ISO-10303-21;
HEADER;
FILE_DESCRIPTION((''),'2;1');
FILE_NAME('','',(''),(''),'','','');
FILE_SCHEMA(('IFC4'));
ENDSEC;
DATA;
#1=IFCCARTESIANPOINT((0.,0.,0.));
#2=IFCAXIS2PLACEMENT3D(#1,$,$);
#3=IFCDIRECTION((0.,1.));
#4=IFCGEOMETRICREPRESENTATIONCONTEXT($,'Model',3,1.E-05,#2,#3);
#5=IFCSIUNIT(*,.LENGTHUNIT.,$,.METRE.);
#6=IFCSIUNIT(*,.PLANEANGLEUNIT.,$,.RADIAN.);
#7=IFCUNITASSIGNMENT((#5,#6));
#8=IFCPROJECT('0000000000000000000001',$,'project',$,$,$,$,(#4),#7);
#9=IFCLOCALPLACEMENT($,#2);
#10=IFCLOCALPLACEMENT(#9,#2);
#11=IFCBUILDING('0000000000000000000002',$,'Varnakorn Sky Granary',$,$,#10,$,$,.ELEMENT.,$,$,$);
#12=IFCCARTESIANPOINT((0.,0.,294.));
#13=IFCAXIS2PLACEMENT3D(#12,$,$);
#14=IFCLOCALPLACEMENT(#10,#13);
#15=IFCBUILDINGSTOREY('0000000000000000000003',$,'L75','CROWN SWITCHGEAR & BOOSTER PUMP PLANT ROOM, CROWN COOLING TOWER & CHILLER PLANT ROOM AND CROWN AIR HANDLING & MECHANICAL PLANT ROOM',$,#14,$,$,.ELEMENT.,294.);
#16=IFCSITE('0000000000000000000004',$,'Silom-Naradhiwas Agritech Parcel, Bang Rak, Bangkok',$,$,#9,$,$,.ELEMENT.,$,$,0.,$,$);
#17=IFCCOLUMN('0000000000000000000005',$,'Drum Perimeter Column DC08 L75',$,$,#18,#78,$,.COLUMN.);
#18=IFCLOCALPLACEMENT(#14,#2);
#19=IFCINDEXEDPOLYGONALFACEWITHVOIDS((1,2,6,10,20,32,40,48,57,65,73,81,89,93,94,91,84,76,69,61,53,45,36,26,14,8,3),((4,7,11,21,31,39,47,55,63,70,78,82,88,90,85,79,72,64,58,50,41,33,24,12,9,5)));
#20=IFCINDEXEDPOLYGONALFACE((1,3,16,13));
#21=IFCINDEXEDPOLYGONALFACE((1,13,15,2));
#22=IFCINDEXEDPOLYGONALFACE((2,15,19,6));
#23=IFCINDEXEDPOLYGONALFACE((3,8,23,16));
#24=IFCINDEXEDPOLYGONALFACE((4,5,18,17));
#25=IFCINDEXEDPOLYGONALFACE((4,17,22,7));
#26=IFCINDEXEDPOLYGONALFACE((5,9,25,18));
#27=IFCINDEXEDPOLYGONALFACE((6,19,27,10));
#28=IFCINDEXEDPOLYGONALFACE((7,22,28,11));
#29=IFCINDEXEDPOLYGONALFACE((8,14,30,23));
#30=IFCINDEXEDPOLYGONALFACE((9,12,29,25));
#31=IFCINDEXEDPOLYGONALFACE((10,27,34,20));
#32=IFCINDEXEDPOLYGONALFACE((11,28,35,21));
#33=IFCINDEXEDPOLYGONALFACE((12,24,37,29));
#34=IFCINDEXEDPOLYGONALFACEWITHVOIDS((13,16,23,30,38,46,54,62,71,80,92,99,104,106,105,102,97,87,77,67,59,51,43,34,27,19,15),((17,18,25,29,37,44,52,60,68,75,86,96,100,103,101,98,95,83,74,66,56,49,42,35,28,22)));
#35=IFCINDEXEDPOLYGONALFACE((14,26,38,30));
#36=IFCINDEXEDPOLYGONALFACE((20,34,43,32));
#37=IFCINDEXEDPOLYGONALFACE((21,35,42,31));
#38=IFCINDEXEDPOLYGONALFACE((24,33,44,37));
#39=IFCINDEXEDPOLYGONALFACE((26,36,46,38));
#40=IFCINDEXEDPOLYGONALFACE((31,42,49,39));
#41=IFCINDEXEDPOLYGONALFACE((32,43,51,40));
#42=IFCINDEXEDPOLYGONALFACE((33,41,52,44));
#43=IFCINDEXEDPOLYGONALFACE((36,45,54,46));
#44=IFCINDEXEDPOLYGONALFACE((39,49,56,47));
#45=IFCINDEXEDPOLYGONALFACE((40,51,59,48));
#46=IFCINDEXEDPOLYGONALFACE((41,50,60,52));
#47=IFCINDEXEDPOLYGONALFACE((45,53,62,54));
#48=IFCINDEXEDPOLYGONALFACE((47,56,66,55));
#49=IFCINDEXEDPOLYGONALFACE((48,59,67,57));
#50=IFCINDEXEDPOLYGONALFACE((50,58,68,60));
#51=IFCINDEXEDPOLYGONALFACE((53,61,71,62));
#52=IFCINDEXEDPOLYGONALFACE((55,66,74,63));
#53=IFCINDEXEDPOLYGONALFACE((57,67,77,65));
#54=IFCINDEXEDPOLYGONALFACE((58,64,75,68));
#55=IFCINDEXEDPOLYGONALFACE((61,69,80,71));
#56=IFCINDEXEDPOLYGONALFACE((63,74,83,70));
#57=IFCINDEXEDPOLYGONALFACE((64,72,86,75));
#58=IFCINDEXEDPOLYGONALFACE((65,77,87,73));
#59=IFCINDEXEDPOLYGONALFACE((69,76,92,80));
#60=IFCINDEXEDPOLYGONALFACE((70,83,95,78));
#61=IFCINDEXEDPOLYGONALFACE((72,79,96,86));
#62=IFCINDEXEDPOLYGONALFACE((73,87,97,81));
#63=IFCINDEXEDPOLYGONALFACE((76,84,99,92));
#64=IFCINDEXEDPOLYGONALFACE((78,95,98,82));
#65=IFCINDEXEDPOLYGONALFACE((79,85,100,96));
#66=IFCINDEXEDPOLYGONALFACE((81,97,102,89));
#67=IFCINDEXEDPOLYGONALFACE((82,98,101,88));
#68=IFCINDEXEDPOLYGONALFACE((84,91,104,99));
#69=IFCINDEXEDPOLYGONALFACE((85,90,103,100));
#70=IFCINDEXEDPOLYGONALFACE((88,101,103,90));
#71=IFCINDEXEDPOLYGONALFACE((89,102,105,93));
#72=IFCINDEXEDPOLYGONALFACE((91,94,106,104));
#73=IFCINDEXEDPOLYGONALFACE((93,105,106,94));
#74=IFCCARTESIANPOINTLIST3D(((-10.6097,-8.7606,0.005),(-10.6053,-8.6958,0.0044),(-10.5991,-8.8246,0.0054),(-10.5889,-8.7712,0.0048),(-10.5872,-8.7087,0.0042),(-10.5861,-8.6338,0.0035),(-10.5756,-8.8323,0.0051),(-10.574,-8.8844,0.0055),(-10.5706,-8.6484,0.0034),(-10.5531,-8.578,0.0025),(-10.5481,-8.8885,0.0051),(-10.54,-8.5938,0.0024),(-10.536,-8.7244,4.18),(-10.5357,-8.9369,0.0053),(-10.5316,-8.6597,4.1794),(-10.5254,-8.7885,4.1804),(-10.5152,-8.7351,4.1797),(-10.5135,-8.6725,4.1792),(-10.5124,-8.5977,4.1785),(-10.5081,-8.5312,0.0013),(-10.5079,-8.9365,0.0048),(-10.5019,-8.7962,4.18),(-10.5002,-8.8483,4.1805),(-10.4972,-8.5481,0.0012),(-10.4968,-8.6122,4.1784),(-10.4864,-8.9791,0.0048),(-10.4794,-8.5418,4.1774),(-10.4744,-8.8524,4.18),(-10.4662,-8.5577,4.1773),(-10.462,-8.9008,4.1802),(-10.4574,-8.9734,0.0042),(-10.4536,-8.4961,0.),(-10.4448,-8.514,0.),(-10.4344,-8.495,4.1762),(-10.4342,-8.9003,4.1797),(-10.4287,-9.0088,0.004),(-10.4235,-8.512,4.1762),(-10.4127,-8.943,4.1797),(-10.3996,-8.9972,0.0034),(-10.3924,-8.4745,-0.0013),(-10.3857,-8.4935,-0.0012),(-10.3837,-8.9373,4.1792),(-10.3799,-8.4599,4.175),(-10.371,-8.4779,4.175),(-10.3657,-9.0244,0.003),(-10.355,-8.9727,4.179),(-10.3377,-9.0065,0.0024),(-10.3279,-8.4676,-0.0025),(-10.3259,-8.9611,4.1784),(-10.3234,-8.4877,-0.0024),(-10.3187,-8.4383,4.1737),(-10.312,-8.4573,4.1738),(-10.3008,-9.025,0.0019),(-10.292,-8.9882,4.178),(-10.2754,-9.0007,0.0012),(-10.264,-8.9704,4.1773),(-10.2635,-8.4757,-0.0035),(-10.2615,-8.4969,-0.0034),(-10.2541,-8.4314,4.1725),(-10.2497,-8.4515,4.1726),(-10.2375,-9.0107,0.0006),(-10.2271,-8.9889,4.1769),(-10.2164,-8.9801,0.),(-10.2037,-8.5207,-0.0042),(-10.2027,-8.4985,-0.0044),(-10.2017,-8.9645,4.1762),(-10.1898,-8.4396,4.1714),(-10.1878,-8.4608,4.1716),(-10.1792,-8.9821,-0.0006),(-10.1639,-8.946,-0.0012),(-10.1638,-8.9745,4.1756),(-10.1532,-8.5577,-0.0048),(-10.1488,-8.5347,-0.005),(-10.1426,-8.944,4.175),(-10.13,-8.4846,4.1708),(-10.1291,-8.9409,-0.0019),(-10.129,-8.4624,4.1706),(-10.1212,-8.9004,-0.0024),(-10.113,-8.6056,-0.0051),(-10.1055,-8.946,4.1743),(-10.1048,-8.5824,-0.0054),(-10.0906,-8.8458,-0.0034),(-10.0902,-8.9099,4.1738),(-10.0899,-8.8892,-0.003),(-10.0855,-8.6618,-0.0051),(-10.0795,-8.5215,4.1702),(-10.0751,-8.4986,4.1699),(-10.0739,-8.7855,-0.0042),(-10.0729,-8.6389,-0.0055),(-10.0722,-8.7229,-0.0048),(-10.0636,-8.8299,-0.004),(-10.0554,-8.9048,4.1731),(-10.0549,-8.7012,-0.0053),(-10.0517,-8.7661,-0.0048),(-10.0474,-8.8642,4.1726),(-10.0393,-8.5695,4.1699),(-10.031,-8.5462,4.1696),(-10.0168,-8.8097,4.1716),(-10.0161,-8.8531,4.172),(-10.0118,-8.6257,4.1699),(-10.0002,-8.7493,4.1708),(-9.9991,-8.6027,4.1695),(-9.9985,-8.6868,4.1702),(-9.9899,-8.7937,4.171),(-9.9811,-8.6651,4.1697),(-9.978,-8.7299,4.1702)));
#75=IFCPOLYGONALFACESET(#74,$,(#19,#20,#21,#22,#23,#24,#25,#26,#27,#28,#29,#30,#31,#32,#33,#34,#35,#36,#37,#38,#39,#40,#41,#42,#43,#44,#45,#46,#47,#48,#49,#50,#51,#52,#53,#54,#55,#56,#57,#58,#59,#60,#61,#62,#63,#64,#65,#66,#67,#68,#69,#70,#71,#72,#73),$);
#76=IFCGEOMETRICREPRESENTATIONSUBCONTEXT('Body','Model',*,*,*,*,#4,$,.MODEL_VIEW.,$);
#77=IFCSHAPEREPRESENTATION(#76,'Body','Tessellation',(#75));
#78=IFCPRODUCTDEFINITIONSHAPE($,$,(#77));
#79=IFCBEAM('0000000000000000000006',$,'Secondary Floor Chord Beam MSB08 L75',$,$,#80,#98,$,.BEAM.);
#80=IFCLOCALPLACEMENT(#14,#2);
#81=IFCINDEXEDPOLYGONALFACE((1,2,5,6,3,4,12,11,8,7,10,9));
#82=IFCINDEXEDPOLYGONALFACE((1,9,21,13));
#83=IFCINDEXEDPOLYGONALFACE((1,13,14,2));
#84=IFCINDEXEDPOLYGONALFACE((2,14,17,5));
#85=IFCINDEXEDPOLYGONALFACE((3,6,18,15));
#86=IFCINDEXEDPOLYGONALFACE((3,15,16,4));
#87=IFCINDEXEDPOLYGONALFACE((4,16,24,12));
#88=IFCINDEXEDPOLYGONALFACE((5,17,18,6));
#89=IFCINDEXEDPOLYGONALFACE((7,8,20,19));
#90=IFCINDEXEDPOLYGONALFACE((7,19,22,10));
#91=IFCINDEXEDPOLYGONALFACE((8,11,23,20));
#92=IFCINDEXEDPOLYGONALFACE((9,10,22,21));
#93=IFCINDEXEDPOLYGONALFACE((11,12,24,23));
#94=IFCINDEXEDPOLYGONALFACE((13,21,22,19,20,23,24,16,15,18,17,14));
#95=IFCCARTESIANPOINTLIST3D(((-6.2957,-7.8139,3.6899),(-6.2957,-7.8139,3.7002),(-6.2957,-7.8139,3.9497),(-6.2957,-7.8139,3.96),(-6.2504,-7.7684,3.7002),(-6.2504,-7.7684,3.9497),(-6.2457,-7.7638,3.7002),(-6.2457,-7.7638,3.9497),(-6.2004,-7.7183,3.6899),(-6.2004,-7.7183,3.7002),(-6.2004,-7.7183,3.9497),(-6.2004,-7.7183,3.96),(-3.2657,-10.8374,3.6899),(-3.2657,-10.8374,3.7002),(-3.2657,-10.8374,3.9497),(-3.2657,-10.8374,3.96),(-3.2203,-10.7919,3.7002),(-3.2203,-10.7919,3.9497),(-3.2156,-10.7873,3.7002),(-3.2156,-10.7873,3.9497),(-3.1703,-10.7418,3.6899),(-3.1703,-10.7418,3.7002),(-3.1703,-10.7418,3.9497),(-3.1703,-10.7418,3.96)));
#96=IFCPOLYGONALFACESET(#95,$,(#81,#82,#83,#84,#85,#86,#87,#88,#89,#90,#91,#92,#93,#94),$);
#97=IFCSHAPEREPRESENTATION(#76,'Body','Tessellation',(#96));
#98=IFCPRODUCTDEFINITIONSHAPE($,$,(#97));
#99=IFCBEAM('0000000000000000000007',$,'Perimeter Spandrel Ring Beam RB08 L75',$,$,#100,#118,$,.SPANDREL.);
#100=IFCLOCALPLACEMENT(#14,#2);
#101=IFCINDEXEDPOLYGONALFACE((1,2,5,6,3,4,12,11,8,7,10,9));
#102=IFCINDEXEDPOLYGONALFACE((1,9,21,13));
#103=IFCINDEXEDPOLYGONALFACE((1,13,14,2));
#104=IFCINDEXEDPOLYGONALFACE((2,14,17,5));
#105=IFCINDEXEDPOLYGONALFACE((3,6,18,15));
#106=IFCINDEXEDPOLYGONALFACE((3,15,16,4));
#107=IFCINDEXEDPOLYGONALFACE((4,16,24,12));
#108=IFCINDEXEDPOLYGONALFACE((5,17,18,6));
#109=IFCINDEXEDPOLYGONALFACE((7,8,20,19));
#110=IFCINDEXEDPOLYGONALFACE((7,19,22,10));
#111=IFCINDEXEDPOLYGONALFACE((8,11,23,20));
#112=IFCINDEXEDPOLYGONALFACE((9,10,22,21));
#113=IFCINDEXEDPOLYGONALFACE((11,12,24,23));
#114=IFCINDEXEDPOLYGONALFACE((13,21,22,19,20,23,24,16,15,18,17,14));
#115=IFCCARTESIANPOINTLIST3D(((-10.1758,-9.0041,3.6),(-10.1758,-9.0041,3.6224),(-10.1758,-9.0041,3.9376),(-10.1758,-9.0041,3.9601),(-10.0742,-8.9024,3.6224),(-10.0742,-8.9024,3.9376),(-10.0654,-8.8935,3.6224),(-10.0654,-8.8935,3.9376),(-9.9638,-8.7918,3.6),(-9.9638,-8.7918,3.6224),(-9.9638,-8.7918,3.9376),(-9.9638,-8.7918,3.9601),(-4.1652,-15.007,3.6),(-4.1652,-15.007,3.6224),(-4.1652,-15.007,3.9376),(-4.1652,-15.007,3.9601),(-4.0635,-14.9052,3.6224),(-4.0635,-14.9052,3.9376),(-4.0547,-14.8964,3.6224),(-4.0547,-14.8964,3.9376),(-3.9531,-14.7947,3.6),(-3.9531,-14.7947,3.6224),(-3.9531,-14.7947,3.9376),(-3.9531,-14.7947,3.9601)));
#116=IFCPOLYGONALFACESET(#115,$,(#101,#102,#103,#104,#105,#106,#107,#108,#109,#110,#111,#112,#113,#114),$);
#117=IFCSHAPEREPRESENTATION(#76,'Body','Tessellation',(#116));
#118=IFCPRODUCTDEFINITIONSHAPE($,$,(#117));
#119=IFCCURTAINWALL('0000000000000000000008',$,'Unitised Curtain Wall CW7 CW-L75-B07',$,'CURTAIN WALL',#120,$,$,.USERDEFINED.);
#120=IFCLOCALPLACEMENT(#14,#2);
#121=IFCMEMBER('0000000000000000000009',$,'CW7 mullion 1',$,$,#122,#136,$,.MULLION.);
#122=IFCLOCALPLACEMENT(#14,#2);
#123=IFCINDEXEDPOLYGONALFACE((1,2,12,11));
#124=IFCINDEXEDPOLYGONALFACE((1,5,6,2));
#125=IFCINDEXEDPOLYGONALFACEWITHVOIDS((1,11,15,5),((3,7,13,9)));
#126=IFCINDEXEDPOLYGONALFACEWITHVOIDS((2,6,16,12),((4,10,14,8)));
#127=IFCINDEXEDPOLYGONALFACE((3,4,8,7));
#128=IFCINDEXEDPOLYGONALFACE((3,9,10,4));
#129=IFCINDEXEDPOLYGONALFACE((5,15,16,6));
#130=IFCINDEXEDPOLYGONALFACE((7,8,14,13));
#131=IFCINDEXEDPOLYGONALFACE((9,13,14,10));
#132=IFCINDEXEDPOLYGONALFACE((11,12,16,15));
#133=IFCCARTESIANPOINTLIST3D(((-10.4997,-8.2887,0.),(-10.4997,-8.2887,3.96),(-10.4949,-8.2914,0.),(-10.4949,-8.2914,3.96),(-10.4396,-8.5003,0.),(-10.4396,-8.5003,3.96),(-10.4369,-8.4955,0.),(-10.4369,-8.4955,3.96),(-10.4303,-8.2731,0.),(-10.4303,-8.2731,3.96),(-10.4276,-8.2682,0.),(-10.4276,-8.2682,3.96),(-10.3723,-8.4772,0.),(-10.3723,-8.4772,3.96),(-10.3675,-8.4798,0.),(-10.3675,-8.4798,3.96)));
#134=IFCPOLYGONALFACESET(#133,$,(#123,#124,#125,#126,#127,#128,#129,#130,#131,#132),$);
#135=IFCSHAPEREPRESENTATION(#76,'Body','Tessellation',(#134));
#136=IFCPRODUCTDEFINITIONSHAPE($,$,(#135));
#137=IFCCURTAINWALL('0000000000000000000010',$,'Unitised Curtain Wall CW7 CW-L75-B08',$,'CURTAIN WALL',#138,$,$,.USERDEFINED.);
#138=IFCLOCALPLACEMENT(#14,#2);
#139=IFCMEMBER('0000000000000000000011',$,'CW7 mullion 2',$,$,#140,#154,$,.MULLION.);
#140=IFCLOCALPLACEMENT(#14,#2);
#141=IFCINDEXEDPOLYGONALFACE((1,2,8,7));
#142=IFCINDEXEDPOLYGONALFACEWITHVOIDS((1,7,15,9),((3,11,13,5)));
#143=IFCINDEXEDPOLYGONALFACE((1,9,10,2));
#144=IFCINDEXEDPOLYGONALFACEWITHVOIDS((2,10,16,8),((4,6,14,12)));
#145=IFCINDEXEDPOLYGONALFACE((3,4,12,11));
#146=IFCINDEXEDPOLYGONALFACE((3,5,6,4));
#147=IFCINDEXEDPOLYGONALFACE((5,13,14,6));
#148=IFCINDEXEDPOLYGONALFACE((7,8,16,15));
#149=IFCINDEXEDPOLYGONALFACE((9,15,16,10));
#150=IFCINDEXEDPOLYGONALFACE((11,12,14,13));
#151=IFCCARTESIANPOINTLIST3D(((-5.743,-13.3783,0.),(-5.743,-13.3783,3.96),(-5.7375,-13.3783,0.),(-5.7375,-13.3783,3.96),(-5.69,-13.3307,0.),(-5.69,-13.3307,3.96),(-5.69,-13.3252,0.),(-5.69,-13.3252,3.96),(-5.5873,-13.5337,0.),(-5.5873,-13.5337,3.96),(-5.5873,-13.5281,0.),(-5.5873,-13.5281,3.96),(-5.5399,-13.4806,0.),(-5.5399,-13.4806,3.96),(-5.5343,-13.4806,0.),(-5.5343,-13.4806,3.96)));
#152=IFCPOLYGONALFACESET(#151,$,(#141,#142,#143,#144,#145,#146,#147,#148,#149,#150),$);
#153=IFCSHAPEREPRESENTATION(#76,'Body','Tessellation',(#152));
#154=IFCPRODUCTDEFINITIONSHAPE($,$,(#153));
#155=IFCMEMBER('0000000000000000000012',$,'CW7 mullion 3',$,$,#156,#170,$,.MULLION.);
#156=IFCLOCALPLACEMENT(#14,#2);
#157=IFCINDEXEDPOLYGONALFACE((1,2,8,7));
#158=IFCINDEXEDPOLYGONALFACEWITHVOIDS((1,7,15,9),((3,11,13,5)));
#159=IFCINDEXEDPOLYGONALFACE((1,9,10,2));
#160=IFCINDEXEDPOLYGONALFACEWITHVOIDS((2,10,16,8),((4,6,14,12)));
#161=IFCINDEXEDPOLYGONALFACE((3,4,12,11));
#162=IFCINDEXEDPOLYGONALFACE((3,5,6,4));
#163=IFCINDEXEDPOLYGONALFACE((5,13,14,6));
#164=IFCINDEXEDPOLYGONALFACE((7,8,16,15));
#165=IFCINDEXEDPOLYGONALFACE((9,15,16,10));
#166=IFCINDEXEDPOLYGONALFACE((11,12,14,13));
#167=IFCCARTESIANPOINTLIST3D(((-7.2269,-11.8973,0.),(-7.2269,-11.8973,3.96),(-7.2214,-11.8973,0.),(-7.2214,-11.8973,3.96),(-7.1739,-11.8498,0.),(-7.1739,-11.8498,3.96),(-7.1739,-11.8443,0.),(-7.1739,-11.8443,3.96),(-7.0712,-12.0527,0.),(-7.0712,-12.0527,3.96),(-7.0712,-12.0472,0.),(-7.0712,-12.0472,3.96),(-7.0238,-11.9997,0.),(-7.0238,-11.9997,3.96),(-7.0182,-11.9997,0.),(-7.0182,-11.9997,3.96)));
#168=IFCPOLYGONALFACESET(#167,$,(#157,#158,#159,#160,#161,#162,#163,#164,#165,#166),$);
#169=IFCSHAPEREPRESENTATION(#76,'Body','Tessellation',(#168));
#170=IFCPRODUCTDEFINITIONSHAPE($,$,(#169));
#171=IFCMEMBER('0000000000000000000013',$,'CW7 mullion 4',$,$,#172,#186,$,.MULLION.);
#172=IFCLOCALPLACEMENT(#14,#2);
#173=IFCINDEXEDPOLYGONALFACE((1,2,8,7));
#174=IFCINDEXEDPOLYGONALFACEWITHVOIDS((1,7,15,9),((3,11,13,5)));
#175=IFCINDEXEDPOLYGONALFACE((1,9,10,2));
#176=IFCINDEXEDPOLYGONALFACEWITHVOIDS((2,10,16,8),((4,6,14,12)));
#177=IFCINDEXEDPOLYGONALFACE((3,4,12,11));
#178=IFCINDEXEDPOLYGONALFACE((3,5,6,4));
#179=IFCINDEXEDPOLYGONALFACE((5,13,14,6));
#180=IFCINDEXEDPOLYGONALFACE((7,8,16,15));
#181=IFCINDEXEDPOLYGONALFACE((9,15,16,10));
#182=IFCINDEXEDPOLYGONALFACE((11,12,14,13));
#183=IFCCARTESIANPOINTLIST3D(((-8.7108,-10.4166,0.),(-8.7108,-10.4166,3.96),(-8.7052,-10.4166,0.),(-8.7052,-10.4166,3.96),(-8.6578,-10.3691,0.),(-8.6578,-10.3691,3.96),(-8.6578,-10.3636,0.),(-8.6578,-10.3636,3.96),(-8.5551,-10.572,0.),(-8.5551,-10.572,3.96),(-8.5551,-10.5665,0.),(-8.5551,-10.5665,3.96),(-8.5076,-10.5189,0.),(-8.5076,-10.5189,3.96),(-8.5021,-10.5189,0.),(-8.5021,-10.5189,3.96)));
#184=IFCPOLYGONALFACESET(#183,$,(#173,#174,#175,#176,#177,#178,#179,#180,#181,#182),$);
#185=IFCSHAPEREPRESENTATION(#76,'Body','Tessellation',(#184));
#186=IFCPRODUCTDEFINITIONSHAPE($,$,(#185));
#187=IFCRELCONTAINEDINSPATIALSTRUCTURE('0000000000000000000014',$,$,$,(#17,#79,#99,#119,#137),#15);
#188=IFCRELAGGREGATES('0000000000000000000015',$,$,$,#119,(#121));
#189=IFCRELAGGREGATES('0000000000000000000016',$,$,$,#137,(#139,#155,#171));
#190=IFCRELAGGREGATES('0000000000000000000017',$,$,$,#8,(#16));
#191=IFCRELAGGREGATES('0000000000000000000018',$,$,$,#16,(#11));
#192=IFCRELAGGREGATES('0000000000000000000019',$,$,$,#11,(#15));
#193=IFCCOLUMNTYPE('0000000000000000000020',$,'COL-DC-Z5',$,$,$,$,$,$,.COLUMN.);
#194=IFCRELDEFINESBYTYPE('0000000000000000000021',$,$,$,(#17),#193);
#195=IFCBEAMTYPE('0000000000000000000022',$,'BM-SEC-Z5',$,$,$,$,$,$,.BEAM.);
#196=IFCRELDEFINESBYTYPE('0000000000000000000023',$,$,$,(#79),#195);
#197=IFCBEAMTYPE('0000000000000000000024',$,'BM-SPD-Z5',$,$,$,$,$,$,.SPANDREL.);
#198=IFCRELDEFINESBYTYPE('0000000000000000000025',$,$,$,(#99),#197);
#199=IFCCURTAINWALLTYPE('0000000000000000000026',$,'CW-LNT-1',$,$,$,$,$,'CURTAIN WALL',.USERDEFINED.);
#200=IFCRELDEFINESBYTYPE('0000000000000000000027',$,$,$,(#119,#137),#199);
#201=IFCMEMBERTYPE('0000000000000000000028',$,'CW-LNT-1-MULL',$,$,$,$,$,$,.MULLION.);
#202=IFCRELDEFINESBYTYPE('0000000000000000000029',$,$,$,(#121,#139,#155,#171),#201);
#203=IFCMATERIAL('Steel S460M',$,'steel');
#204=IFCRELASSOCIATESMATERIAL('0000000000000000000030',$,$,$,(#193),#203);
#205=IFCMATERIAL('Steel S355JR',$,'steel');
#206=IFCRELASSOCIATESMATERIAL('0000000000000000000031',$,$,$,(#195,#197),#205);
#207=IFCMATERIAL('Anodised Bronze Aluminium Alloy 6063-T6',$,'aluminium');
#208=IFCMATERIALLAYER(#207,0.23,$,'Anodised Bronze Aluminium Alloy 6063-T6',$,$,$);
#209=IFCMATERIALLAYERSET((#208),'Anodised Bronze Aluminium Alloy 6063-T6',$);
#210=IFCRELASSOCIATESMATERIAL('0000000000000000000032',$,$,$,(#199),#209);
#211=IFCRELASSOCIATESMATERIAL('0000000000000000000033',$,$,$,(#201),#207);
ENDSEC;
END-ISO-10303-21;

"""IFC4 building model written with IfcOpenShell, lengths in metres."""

from ifc_helpers import new_model, si_unit, direction, frame, origin, origin_2d, place, context, subcontext, project, spatial, hollow_rectangle, hollow_circle, i_section, extrude, material, layer, layer_set, material_profile, profile_set, type_object, element, aggregate, save


model = new_model("IFC4")

# Units and contexts
model_context = context("Model", 3, precision=1e-05, world=origin(), true_north=direction((0.0, 1.0)))
body_context = subcontext(model_context, "Body", "Model", "MODEL_VIEW")
ifc_project = project(units=[si_unit("LENGTHUNIT", "METRE"), si_unit("PLANEANGLEUNIT", "RADIAN")], contexts=[model_context])

# Site, building, storey
site_placement = place(None, origin())
site = spatial("IfcSite", under=ifc_project, at=site_placement, Name="Silom-Naradhiwas Agritech Parcel, Bang Rak, Bangkok", CompositionType="ELEMENT", RefElevation=0.0)
building_placement = place(site_placement, origin())
building = spatial("IfcBuilding", under=site, at=building_placement, Name="Varnakorn Sky Granary", CompositionType="ELEMENT")
storey_placement = place(building_placement, frame((0.0, 0.0, 294.0)))
storey = spatial("IfcBuildingStorey", under=building, at=storey_placement, Name="L75", Description="CROWN SWITCHGEAR & BOOSTER PUMP PLANT ROOM, CROWN COOLING TOWER & CHILLER PLANT ROOM AND CROWN AIR HANDLING & MECHANICAL PLANT ROOM", CompositionType="ELEMENT", Elevation=294.0)

# Column
ifc_material_1 = material(Name="Steel S460M", Category="steel")
ifc_material_profile_1 = material_profile(ifc_material_1, hollow_circle(Radius=0.2795, WallThickness=0.02, at=origin_2d()), Name="CHS 559x20")
ifc_profile_set_1 = profile_set([ifc_material_profile_1], Name="Steel S460M")
column_type = type_object("IfcColumnType", Name="COL-DC-Z5", PredefinedType="COLUMN", material=ifc_profile_set_1)
column_placement = place(storey_placement, frame((-10.3306, -8.7471, 0.0), z_axis=(0.017656, 0.008653, 0.999807), x_axis=(-0.440063, 0.897967, 0.0)))
element("IfcColumn", 1, at=column_placement, inside=storey, type_object=column_type, Name="Drum Perimeter Column DC08 L75", PredefinedType="COLUMN", context=body_context, shape_type="SweptSolid", body=[
    extrude(hollow_circle(Radius=0.2795, WallThickness=0.02, at=origin_2d()), origin(), (0.0, 0.0, 1.0), 4.1758),
])

# Beams
ifc_material_2 = material(Name="Steel S355JR", Category="steel")
ifc_material_profile_2 = material_profile(ifc_material_2, i_section(OverallWidth=0.135, OverallDepth=0.27, WebThickness=0.0066, FlangeThickness=0.0103, at=origin_2d()), Name="IPE 270")
ifc_profile_set_2 = profile_set([ifc_material_profile_2], Name="Steel S355JR")
beam_type_1 = type_object("IfcBeamType", Name="BM-SEC-Z5", PredefinedType="BEAM", material=ifc_profile_set_2)
beam_1_placement = place(storey_placement, frame((-6.248, -7.7661, 3.825), z_axis=(0.707876, -0.706336, 0.0), x_axis=(0.706336, 0.707876, 0.0)))
element("IfcBeam", 2, at=beam_1_placement, inside=storey, type_object=beam_type_1, Name="Secondary Floor Chord Beam MSB08 L75", PredefinedType="BEAM", context=body_context, shape_type="SweptSolid", body=[
    extrude(i_section(OverallWidth=0.135, OverallDepth=0.27, WebThickness=0.0066, FlangeThickness=0.0103, at=origin_2d()), origin(), (0.0, 0.0, 1.0), 4.2805),
])
ifc_material_profile_3 = material_profile(ifc_material_2, i_section(OverallWidth=0.3, OverallDepth=0.3601, WebThickness=0.0125, FlangeThickness=0.0225, at=origin_2d()), Name="HE 360 B")
ifc_profile_set_3 = profile_set([ifc_material_profile_3], Name="Steel S355JR")
beam_type_2 = type_object("IfcBeamType", Name="BM-SPD-Z5", PredefinedType="SPANDREL", material=ifc_profile_set_3)
beam_2_placement = place(storey_placement, frame((-10.0698, -8.8979, 3.78), z_axis=(0.707566, -0.706647, 0.0), x_axis=(0.706647, 0.707566, 0.0)))
element("IfcBeam", 3, at=beam_2_placement, inside=storey, type_object=beam_type_2, Name="Perimeter Spandrel Ring Beam RB08 L75", PredefinedType="SPANDREL", context=body_context, shape_type="SweptSolid", body=[
    extrude(i_section(OverallWidth=0.3, OverallDepth=0.3601, WebThickness=0.0125, FlangeThickness=0.0225, at=origin_2d()), origin(), (0.0, 0.0, 1.0), 8.4949),
])

# Curtain wall, member
ifc_material_3 = material(Name="Anodised Bronze Aluminium Alloy 6063-T6", Category="aluminium")
ifc_layer_1 = layer(ifc_material_3, 0.23, Name="Anodised Bronze Aluminium Alloy 6063-T6")
ifc_layer_set_1 = layer_set([ifc_layer_1], Name="Anodised Bronze Aluminium Alloy 6063-T6")
curtain_wall_type = type_object("IfcCurtainWallType", Name="CW-LNT-1", ElementType="CURTAIN WALL", PredefinedType="USERDEFINED", material=ifc_layer_set_1)
curtain_wall_1_placement = place(storey_placement, origin())
curtain_wall_1 = element("IfcCurtainWall", 4, at=curtain_wall_1_placement, inside=storey, type_object=curtain_wall_type, Name="Unitised Curtain Wall CW7 CW-L75-B07", ObjectType="CURTAIN WALL", PredefinedType="USERDEFINED")
ifc_material_profile_4 = material_profile(ifc_material_3, hollow_rectangle(XDim=0.075, YDim=0.22, WallThickness=0.0039, at=origin_2d()), Name="ALU MULL 75x220")
ifc_profile_set_4 = profile_set([ifc_material_profile_4], Name="Anodised Bronze Aluminium Alloy 6063-T6")
member_type_1 = type_object("IfcMemberType", Name="CW-LNT-1-MULL", PredefinedType="MULLION", material=ifc_profile_set_4)
member_1_placement = place(storey_placement, frame((-10.4336, -8.3843, 0.0), z_axis=(0.0, 0.0, 1.0), x_axis=(-0.961978, -0.273126, 0.0)))
member_1 = element("IfcMember", 5, at=member_1_placement, type_object=member_type_1, Name="CW7 mullion 1", PredefinedType="MULLION", context=body_context, shape_type="SweptSolid", body=[
    extrude(hollow_rectangle(XDim=0.075, YDim=0.22, WallThickness=0.0039, at=origin_2d()), origin(), (0.0, 0.0, 1.0), 3.96),
])

# Curtain wall, members
curtain_wall_2_placement = place(storey_placement, origin())
curtain_wall_2 = element("IfcCurtainWall", 6, at=curtain_wall_2_placement, inside=storey, type_object=curtain_wall_type, Name="Unitised Curtain Wall CW7 CW-L75-B08", ObjectType="CURTAIN WALL", PredefinedType="USERDEFINED")
member_2_placement = place(storey_placement, frame((-5.6387, -13.4294, 0.0), z_axis=(0.0, 0.0, 1.0), x_axis=(-0.706397, -0.707816, 0.0)))
member_2 = element("IfcMember", 7, at=member_2_placement, type_object=member_type_1, Name="CW7 mullion 2", PredefinedType="MULLION", context=body_context, shape_type="SweptSolid", body=[
    extrude(hollow_rectangle(XDim=0.075, YDim=0.22, WallThickness=0.0039, at=origin_2d()), origin(), (0.0, 0.0, 1.0), 3.96),
])
member_3_placement = place(storey_placement, frame((-7.1226, -11.9485, 0.0), z_axis=(0.0, 0.0, 1.0), x_axis=(-0.706397, -0.707816, 0.0)))
member_3 = element("IfcMember", 8, at=member_3_placement, type_object=member_type_1, Name="CW7 mullion 3", PredefinedType="MULLION", context=body_context, shape_type="SweptSolid", body=[
    extrude(hollow_rectangle(XDim=0.075, YDim=0.22, WallThickness=0.0039, at=origin_2d()), origin(), (0.0, 0.0, 1.0), 3.96),
])
member_4_placement = place(storey_placement, frame((-8.6064, -10.4678, 0.0), z_axis=(0.0, 0.0, 1.0), x_axis=(-0.706397, -0.707816, 0.0)))
member_4 = element("IfcMember", 9, at=member_4_placement, type_object=member_type_1, Name="CW7 mullion 4", PredefinedType="MULLION", context=body_context, shape_type="SweptSolid", body=[
    extrude(hollow_rectangle(XDim=0.075, YDim=0.22, WallThickness=0.0039, at=origin_2d()), origin(), (0.0, 0.0, 1.0), 3.96),
])

aggregate(curtain_wall_1, [member_1])

aggregate(curtain_wall_2, [member_2, member_3, member_4])

save(model, "model.ifc")
